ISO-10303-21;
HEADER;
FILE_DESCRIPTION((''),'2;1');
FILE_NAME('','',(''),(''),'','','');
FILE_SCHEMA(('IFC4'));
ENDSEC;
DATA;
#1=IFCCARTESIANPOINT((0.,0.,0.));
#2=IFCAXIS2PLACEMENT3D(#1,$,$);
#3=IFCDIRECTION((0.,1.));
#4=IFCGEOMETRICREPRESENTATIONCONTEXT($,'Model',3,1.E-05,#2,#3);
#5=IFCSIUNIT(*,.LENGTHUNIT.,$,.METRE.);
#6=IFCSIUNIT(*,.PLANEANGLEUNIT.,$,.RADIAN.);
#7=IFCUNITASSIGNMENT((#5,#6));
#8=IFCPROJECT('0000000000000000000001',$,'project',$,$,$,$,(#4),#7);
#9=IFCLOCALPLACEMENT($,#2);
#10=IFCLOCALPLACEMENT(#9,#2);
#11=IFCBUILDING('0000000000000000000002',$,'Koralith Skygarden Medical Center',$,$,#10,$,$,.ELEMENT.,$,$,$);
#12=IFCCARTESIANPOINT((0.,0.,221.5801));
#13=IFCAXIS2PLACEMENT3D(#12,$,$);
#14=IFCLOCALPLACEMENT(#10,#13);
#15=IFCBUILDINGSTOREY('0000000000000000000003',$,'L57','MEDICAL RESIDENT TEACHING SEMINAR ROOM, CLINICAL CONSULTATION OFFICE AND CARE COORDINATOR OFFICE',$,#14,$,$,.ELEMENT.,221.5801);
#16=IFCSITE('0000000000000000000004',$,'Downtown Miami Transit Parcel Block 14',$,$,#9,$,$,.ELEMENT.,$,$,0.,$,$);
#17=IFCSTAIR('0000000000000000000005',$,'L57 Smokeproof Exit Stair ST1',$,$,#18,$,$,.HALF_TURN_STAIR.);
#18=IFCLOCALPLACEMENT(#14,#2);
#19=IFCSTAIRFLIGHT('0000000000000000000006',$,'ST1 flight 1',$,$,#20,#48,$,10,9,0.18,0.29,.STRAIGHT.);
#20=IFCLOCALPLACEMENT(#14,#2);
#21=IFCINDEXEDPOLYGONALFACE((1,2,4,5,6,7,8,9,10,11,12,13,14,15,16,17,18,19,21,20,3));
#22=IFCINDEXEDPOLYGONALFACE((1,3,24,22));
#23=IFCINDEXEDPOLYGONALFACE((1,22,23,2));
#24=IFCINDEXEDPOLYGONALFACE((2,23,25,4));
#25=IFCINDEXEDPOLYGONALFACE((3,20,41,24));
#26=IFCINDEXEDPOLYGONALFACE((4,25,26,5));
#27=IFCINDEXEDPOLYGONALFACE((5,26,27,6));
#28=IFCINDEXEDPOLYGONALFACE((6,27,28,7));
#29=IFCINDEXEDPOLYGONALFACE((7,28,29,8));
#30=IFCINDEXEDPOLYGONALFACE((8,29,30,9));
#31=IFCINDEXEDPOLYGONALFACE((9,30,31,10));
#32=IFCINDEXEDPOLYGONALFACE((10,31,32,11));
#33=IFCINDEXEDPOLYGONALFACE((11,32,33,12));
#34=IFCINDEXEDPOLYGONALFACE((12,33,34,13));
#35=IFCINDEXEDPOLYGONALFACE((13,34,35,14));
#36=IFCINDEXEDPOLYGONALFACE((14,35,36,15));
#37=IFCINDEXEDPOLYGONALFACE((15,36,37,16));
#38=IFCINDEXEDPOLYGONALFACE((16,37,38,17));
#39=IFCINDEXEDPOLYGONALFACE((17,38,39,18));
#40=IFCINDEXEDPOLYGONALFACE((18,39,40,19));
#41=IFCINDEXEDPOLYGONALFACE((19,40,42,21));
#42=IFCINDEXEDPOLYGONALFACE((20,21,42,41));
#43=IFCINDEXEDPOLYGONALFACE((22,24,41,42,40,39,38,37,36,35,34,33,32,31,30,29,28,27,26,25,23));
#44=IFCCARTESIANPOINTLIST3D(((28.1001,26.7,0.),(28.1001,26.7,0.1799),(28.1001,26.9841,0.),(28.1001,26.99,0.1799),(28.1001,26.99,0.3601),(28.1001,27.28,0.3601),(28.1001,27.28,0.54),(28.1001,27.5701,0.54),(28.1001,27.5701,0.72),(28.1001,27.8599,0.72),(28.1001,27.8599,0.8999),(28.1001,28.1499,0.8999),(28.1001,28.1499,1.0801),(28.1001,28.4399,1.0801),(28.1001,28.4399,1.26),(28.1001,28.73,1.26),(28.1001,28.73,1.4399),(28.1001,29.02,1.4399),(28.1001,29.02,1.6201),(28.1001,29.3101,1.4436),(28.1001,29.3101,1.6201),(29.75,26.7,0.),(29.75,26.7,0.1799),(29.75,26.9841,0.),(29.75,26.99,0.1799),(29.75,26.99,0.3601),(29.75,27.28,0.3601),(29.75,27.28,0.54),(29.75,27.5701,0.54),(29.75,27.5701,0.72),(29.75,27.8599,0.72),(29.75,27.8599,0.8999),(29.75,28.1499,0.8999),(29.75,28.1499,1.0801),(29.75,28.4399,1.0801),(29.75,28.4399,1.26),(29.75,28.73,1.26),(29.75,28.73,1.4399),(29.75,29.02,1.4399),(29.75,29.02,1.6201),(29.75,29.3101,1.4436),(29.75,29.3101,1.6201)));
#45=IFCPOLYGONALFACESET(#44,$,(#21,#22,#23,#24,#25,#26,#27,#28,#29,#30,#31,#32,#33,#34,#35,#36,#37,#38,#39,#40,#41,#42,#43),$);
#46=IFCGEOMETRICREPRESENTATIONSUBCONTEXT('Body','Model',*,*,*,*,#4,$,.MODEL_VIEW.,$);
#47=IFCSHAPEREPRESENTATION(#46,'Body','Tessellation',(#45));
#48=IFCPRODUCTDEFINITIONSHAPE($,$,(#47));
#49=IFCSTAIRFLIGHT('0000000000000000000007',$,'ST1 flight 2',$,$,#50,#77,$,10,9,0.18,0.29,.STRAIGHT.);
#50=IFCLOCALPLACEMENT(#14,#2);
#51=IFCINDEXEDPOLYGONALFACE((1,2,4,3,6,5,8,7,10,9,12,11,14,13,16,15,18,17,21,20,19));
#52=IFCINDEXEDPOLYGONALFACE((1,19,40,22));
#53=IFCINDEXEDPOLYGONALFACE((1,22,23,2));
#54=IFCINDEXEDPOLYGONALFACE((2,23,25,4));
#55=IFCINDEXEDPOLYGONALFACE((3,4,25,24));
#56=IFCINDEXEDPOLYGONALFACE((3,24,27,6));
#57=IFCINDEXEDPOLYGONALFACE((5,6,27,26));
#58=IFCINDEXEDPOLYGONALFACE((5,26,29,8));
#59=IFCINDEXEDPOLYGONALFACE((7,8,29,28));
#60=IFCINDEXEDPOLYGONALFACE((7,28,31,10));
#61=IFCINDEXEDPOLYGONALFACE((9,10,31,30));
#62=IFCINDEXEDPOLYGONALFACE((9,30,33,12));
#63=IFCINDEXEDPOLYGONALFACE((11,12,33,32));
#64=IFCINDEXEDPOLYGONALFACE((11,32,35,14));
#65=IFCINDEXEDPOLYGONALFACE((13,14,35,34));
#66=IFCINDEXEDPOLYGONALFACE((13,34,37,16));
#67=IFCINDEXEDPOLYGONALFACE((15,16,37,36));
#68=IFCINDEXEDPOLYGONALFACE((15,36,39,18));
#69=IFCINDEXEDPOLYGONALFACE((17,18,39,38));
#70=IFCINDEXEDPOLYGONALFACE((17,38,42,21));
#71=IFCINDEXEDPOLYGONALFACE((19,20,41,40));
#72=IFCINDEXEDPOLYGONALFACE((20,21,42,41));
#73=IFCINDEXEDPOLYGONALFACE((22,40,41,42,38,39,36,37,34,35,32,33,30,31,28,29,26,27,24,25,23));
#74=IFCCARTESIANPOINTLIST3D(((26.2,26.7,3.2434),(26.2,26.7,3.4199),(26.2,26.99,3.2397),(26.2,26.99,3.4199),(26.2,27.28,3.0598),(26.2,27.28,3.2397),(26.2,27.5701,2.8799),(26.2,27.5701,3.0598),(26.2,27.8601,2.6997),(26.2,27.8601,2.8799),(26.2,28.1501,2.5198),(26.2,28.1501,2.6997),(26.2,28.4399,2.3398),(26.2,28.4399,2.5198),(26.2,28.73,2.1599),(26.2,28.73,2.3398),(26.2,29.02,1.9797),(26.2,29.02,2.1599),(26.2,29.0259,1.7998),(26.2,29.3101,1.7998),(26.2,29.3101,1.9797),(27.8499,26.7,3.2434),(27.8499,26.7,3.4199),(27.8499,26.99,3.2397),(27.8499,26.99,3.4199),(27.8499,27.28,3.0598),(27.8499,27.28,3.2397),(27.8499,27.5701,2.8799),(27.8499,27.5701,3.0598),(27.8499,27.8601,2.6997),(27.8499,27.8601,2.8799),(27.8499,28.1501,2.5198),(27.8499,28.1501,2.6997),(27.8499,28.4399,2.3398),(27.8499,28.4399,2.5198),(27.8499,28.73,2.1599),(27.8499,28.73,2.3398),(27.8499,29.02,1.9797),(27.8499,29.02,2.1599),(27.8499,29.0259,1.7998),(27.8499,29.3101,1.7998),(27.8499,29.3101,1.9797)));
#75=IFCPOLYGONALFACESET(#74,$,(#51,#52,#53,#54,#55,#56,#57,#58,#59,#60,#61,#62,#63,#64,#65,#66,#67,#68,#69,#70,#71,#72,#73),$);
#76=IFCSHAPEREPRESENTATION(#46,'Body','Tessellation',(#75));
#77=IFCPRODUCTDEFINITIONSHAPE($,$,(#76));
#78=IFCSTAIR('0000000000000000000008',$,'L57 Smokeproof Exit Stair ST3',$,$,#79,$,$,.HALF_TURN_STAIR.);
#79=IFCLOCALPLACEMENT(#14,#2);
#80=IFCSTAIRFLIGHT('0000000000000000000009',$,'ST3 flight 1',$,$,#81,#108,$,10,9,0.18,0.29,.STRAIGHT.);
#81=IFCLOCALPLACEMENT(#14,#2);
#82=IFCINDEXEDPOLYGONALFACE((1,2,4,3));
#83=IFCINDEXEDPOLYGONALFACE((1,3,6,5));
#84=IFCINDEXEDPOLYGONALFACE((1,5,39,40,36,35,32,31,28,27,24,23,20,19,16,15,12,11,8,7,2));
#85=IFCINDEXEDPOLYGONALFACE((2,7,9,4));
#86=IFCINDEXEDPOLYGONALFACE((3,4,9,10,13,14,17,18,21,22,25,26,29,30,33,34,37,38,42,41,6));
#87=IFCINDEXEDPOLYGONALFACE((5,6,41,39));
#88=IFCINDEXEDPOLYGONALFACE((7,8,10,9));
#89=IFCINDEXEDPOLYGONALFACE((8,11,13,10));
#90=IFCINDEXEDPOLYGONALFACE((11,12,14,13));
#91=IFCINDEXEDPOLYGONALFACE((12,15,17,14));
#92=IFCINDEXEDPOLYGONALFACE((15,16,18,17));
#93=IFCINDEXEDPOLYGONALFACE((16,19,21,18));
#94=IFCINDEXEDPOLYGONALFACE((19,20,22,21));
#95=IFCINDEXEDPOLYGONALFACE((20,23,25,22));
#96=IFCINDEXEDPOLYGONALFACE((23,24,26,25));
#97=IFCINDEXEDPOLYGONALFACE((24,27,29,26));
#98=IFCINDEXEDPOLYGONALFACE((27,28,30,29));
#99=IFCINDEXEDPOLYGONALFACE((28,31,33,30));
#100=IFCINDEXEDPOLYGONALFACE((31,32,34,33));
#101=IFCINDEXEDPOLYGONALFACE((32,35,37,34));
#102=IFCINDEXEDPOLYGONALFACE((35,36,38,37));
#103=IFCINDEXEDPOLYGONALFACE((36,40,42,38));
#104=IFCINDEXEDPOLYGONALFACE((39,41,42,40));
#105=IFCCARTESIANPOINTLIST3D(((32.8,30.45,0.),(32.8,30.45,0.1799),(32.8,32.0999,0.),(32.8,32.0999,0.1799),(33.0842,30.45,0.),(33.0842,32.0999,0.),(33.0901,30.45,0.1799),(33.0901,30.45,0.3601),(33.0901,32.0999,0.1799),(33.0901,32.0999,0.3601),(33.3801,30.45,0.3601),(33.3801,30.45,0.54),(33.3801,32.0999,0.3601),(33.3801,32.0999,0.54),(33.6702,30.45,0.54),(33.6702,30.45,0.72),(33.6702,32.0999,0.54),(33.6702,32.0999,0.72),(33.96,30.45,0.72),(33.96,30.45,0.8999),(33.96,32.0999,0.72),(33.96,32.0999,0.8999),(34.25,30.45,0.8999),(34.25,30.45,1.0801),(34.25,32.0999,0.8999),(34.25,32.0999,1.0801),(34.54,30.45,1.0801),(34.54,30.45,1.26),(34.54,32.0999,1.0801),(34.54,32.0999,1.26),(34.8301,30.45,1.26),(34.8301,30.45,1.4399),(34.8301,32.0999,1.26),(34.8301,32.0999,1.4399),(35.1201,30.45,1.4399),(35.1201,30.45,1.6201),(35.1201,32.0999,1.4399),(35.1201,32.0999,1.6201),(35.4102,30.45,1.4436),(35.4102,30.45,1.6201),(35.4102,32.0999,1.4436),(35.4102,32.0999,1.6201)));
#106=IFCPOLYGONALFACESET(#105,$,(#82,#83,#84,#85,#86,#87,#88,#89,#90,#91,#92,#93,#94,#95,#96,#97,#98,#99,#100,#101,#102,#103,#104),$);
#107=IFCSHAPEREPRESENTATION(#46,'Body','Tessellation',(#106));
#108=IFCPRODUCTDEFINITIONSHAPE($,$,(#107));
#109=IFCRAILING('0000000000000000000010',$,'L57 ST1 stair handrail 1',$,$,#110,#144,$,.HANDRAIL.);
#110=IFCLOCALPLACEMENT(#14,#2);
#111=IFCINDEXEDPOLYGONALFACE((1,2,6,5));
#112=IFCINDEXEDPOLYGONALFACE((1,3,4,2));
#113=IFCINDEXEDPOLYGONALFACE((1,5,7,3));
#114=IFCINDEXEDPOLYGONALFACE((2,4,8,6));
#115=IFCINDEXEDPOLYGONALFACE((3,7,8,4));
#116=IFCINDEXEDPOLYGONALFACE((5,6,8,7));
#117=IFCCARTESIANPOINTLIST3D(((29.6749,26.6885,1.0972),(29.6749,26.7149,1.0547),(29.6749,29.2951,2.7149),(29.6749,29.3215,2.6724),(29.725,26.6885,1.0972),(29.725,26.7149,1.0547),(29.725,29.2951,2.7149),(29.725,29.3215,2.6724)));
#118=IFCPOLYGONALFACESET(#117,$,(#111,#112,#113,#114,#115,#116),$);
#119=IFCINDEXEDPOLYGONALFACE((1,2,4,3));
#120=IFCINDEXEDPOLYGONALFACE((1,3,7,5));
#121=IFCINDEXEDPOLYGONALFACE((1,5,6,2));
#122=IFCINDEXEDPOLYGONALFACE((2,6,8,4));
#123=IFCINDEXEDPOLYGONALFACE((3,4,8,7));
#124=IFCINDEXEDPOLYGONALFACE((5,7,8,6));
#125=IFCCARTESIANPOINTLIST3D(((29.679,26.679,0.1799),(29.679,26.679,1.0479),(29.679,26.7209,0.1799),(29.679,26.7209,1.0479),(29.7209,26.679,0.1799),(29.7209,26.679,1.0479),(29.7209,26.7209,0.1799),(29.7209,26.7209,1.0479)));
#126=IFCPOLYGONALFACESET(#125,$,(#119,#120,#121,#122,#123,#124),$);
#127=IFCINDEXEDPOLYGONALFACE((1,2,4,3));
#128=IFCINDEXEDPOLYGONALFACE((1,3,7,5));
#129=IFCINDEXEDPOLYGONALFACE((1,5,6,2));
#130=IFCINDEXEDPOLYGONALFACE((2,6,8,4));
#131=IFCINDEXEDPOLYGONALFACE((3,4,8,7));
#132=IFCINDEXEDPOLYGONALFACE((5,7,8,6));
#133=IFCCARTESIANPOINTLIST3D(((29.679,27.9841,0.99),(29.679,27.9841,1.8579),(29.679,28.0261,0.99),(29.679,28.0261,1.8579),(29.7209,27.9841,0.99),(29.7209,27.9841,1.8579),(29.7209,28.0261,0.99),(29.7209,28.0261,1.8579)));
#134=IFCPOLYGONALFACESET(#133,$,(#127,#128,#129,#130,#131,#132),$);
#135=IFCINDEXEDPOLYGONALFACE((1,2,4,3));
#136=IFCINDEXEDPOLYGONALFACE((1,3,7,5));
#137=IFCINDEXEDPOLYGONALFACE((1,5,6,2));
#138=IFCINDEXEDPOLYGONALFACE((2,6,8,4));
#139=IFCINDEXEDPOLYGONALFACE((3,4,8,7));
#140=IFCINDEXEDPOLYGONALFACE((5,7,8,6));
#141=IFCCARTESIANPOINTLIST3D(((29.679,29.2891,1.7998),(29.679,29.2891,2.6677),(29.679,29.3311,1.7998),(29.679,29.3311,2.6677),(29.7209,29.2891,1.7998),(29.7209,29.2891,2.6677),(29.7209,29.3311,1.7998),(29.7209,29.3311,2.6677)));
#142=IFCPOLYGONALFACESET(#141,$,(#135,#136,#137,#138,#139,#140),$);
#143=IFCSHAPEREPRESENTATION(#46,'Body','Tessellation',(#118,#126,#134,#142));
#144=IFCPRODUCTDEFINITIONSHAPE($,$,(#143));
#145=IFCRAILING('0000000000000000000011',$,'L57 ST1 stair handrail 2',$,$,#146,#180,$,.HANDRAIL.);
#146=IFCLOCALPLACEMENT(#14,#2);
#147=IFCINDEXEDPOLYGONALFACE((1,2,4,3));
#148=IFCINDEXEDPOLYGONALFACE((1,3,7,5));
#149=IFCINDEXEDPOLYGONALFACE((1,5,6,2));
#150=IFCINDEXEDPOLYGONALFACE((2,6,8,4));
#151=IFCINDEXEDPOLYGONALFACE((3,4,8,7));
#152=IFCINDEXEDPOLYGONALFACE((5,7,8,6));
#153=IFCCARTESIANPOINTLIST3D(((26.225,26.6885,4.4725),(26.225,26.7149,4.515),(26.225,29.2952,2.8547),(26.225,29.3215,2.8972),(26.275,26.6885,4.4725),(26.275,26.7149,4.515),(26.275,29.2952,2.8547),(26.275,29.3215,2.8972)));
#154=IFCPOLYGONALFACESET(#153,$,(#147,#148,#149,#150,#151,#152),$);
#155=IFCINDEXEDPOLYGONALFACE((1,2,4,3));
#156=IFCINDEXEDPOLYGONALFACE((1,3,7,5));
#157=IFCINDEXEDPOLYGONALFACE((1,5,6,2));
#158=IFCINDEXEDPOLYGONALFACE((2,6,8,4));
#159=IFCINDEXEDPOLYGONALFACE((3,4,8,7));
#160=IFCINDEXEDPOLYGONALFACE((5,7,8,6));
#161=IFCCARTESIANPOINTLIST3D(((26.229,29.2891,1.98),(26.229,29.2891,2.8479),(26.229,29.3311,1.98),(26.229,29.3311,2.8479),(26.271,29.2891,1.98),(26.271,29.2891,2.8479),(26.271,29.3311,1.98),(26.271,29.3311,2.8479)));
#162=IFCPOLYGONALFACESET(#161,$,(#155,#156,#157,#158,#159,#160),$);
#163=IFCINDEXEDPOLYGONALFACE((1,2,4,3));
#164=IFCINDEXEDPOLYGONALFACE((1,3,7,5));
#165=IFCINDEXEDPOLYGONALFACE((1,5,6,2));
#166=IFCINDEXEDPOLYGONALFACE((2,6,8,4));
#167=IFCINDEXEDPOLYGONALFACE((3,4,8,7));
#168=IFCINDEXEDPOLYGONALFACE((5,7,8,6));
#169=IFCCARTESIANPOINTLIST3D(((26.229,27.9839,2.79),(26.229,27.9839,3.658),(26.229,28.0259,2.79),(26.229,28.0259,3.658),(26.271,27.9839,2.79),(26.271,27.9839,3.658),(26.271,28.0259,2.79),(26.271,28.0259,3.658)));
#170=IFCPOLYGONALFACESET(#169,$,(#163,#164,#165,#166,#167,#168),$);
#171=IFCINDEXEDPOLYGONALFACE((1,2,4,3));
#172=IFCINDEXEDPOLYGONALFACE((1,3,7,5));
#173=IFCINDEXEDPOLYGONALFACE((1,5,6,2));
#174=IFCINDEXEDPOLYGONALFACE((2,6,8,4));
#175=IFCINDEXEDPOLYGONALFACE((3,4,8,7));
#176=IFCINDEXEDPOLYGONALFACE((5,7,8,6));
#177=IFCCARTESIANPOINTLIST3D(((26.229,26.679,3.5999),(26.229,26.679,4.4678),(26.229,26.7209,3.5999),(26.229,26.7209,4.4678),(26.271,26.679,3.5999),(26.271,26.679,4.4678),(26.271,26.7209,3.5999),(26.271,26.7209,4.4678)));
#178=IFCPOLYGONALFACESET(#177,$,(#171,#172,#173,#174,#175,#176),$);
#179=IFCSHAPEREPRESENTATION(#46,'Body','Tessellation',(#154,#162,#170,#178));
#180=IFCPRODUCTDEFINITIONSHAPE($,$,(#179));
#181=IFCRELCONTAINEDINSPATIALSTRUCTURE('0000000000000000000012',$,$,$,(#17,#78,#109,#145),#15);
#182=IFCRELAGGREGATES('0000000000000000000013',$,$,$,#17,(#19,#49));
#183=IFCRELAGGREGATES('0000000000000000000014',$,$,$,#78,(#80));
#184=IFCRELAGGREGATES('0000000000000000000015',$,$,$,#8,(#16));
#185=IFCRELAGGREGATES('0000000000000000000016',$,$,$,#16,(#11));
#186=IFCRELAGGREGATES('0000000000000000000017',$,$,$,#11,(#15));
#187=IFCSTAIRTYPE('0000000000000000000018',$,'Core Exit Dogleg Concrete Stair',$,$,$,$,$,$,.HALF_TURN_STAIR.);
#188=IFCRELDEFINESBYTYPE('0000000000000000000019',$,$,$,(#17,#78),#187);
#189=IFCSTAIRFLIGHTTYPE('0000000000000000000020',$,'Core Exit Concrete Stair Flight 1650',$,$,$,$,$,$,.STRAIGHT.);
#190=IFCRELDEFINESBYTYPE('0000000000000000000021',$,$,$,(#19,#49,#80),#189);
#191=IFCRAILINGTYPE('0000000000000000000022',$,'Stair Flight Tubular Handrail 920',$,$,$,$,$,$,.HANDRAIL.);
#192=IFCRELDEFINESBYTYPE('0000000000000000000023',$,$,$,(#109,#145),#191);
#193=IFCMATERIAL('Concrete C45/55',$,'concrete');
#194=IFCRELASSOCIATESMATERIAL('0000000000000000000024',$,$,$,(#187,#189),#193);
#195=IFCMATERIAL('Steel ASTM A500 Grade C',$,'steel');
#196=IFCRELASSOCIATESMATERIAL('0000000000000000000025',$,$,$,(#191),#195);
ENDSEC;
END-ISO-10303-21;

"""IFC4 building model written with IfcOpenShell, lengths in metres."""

from ifc_helpers import new_model, si_unit, direction, frame, origin, origin_2d, place, context, subcontext, project, spatial, polyline, rectangle, outline, extrude, material, type_object, element, aggregate, save


model = new_model("IFC4")

# Units and contexts
model_context = context("Model", 3, precision=1e-05, world=origin(), true_north=direction((0.0, 1.0)))
body_context = subcontext(model_context, "Body", "Model", "MODEL_VIEW")
ifc_project = project(units=[si_unit("LENGTHUNIT", "METRE"), si_unit("PLANEANGLEUNIT", "RADIAN")], contexts=[model_context])

# Site, building, storey
site_placement = place(None, origin())
site = spatial("IfcSite", under=ifc_project, at=site_placement, Name="Downtown Miami Transit Parcel Block 14", CompositionType="ELEMENT", RefElevation=0.0)
building_placement = place(site_placement, origin())
building = spatial("IfcBuilding", under=site, at=building_placement, Name="Koralith Skygarden Medical Center", CompositionType="ELEMENT")
storey_placement = place(building_placement, frame((0.0, 0.0, 221.5801)))
storey = spatial("IfcBuildingStorey", under=building, at=storey_placement, Name="L57", Description="MEDICAL RESIDENT TEACHING SEMINAR ROOM, CLINICAL CONSULTATION OFFICE AND CARE COORDINATOR OFFICE", CompositionType="ELEMENT", Elevation=221.5801)

# Shared definitions
ifc_material_1 = material(Name="Concrete C45/55", Category="concrete")

# Stair, stair flights
stair_type = type_object("IfcStairType", Name="Core Exit Dogleg Concrete Stair", PredefinedType="HALF_TURN_STAIR", material=ifc_material_1)
stair_1_placement = place(storey_placement, origin())
stair_1 = element("IfcStair", 1, at=stair_1_placement, inside=storey, type_object=stair_type, Name="L57 Smokeproof Exit Stair ST1", PredefinedType="HALF_TURN_STAIR")
stair_flight_type = type_object("IfcStairFlightType", Name="Core Exit Concrete Stair Flight 1650", PredefinedType="STRAIGHT", material=ifc_material_1)
stair_flight_1_placement = place(storey_placement, frame((28.925, 26.7, 0.0), z_axis=(0.0, 0.0, 1.0), x_axis=(0.0, 1.0, 0.0)))
stair_flight_1 = element("IfcStairFlight", 2, at=stair_flight_1_placement, type_object=stair_flight_type, Name="ST1 flight 1", NumberOfRisers=10, NumberOfTreads=9, PredefinedType="STRAIGHT", RiserHeight=0.18, TreadLength=0.29, context=body_context, shape_type="SweptSolid", body=[
    extrude(outline(polyline([(0.0, 0.0), (0.0, 0.1799), (0.29, 0.1799), (0.29, 0.3601), (0.5801, 0.3601), (0.5801, 0.54), (0.8701, 0.54), (0.8701, 0.72), (1.1599, 0.72), (1.1599, 0.8999), (1.45, 0.8999), (1.45, 1.0801), (1.74, 1.0801), (1.74, 1.26), (2.03, 1.26), (2.03, 1.4399), (2.3201, 1.4399), (2.3201, 1.6201), (2.6101, 1.6201), (2.6101, 1.8), (2.6101, 1.4436), (0.2842, 0.0), (0.0, 0.0)])), frame((0.0, 0.825, 0.0), z_axis=(0.0, -1.0, 0.0), x_axis=(1.0, 0.0, 0.0)), (0.0, 0.0, 1.0), 1.6499),
])
stair_flight_2_placement = place(storey_placement, frame((27.0249, 29.3101, 1.7998), z_axis=(0.0, 0.0, 1.0), x_axis=(0.0, -1.0, 0.0)))
stair_flight_2 = element("IfcStairFlight", 3, at=stair_flight_2_placement, type_object=stair_flight_type, Name="ST1 flight 2", NumberOfRisers=10, NumberOfTreads=9, PredefinedType="STRAIGHT", RiserHeight=0.18, TreadLength=0.29, context=body_context, shape_type="SweptSolid", body=[
    extrude(outline(polyline([(0.0, 0.0), (0.0, 0.1799), (0.29, 0.1799), (0.29, 0.3601), (0.5801, 0.3601), (0.5801, 0.54), (0.8701, 0.54), (0.8701, 0.72), (1.1599, 0.72), (1.1599, 0.8999), (1.45, 0.8999), (1.45, 1.0801), (1.74, 1.0801), (1.74, 1.26), (2.03, 1.26), (2.03, 1.4399), (2.3201, 1.4399), (2.3201, 1.6201), (2.6101, 1.6201), (2.6101, 1.8), (2.6101, 1.4436), (0.2842, 0.0), (0.0, 0.0)])), frame((0.0, 0.825, 0.0), z_axis=(0.0, -1.0, 0.0), x_axis=(1.0, 0.0, 0.0)), (0.0, 0.0, 1.0), 1.6499),
])
aggregate(stair_1, [stair_flight_1, stair_flight_2])

# Stair, stair flight
stair_2_placement = place(storey_placement, origin())
stair_2 = element("IfcStair", 4, at=stair_2_placement, inside=storey, type_object=stair_type, Name="L57 Smokeproof Exit Stair ST3", PredefinedType="HALF_TURN_STAIR")
stair_flight_3_placement = place(storey_placement, frame((32.8, 31.2749, 0.0), z_axis=(0.0, 0.0, 1.0), x_axis=(1.0, 0.0, 0.0)))
stair_flight_3 = element("IfcStairFlight", 5, at=stair_flight_3_placement, type_object=stair_flight_type, Name="ST3 flight 1", NumberOfRisers=10, NumberOfTreads=9, PredefinedType="STRAIGHT", RiserHeight=0.18, TreadLength=0.29, context=body_context, shape_type="SweptSolid", body=[
    extrude(outline(polyline([(0.0, 0.0), (0.0, 0.1799), (0.29, 0.1799), (0.29, 0.3601), (0.5801, 0.3601), (0.5801, 0.54), (0.8701, 0.54), (0.8701, 0.72), (1.1599, 0.72), (1.1599, 0.8999), (1.45, 0.8999), (1.45, 1.0801), (1.74, 1.0801), (1.74, 1.26), (2.03, 1.26), (2.03, 1.4399), (2.3201, 1.4399), (2.3201, 1.6201), (2.6101, 1.6201), (2.6101, 1.8), (2.6101, 1.4436), (0.2842, 0.0), (0.0, 0.0)])), frame((0.0, 0.825, 0.0), z_axis=(0.0, -1.0, 0.0), x_axis=(1.0, 0.0, 0.0)), (0.0, 0.0, 1.0), 1.6499),
])
aggregate(stair_2, [stair_flight_3])

# Railings
ifc_material_2 = material(Name="Steel ASTM A500 Grade C", Category="steel")
railing_type_1 = type_object("IfcRailingType", Name="Stair Flight Tubular Handrail 920", PredefinedType="HANDRAIL", material=ifc_material_2)
railing_1_placement = place(storey_placement, frame((29.7, 26.7, 0.1799)))
element("IfcRailing", 6, at=railing_1_placement, inside=storey, type_object=railing_type_1, Name="L57 ST1 stair handrail 1", PredefinedType="HANDRAIL", context=body_context, shape_type="SweptSolid", body=[
    extrude(rectangle(XDim=0.05, YDim=0.05, at=origin_2d()), frame((0.0, 0.0017, 0.896), z_axis=(0.0, 0.849668, 0.527317), x_axis=(-1.0, 0.0, 0.0)), (0.0, 0.0, 1.0), 3.0679),
    extrude(rectangle(XDim=0.042, YDim=0.042, at=origin_2d()), origin(), (0.0, 0.0, 1.0), 0.8679),
    extrude(rectangle(XDim=0.042, YDim=0.042, at=origin_2d()), frame((0.0, 1.3052, 0.8101)), (0.0, 0.0, 1.0), 0.8679),
    extrude(rectangle(XDim=0.042, YDim=0.042, at=origin_2d()), frame((0.0, 2.6101, 1.6199)), (0.0, 0.0, 1.0), 0.8679),
])
railing_2_placement = place(storey_placement, frame((26.25, 29.3101, 1.98)))
element("IfcRailing", 7, at=railing_2_placement, inside=storey, type_object=railing_type_1, Name="L57 ST1 stair handrail 2", PredefinedType="HANDRAIL", context=body_context, shape_type="SweptSolid", body=[
    extrude(rectangle(XDim=0.05, YDim=0.05, at=origin_2d()), frame((0.0, -0.0017, 0.896), z_axis=(0.0, -0.849668, 0.527317), x_axis=(1.0, 0.0, 0.0)), (0.0, 0.0, 1.0), 3.0679),
    extrude(rectangle(XDim=0.042, YDim=0.042, at=origin_2d()), origin(), (0.0, 0.0, 1.0), 0.8679),
    extrude(rectangle(XDim=0.042, YDim=0.042, at=origin_2d()), frame((0.0, -1.3052, 0.8101)), (0.0, 0.0, 1.0), 0.8679),
    extrude(rectangle(XDim=0.042, YDim=0.042, at=origin_2d()), frame((0.0, -2.6101, 1.6199)), (0.0, 0.0, 1.0), 0.8679),
])

save(model, "model.ifc")
